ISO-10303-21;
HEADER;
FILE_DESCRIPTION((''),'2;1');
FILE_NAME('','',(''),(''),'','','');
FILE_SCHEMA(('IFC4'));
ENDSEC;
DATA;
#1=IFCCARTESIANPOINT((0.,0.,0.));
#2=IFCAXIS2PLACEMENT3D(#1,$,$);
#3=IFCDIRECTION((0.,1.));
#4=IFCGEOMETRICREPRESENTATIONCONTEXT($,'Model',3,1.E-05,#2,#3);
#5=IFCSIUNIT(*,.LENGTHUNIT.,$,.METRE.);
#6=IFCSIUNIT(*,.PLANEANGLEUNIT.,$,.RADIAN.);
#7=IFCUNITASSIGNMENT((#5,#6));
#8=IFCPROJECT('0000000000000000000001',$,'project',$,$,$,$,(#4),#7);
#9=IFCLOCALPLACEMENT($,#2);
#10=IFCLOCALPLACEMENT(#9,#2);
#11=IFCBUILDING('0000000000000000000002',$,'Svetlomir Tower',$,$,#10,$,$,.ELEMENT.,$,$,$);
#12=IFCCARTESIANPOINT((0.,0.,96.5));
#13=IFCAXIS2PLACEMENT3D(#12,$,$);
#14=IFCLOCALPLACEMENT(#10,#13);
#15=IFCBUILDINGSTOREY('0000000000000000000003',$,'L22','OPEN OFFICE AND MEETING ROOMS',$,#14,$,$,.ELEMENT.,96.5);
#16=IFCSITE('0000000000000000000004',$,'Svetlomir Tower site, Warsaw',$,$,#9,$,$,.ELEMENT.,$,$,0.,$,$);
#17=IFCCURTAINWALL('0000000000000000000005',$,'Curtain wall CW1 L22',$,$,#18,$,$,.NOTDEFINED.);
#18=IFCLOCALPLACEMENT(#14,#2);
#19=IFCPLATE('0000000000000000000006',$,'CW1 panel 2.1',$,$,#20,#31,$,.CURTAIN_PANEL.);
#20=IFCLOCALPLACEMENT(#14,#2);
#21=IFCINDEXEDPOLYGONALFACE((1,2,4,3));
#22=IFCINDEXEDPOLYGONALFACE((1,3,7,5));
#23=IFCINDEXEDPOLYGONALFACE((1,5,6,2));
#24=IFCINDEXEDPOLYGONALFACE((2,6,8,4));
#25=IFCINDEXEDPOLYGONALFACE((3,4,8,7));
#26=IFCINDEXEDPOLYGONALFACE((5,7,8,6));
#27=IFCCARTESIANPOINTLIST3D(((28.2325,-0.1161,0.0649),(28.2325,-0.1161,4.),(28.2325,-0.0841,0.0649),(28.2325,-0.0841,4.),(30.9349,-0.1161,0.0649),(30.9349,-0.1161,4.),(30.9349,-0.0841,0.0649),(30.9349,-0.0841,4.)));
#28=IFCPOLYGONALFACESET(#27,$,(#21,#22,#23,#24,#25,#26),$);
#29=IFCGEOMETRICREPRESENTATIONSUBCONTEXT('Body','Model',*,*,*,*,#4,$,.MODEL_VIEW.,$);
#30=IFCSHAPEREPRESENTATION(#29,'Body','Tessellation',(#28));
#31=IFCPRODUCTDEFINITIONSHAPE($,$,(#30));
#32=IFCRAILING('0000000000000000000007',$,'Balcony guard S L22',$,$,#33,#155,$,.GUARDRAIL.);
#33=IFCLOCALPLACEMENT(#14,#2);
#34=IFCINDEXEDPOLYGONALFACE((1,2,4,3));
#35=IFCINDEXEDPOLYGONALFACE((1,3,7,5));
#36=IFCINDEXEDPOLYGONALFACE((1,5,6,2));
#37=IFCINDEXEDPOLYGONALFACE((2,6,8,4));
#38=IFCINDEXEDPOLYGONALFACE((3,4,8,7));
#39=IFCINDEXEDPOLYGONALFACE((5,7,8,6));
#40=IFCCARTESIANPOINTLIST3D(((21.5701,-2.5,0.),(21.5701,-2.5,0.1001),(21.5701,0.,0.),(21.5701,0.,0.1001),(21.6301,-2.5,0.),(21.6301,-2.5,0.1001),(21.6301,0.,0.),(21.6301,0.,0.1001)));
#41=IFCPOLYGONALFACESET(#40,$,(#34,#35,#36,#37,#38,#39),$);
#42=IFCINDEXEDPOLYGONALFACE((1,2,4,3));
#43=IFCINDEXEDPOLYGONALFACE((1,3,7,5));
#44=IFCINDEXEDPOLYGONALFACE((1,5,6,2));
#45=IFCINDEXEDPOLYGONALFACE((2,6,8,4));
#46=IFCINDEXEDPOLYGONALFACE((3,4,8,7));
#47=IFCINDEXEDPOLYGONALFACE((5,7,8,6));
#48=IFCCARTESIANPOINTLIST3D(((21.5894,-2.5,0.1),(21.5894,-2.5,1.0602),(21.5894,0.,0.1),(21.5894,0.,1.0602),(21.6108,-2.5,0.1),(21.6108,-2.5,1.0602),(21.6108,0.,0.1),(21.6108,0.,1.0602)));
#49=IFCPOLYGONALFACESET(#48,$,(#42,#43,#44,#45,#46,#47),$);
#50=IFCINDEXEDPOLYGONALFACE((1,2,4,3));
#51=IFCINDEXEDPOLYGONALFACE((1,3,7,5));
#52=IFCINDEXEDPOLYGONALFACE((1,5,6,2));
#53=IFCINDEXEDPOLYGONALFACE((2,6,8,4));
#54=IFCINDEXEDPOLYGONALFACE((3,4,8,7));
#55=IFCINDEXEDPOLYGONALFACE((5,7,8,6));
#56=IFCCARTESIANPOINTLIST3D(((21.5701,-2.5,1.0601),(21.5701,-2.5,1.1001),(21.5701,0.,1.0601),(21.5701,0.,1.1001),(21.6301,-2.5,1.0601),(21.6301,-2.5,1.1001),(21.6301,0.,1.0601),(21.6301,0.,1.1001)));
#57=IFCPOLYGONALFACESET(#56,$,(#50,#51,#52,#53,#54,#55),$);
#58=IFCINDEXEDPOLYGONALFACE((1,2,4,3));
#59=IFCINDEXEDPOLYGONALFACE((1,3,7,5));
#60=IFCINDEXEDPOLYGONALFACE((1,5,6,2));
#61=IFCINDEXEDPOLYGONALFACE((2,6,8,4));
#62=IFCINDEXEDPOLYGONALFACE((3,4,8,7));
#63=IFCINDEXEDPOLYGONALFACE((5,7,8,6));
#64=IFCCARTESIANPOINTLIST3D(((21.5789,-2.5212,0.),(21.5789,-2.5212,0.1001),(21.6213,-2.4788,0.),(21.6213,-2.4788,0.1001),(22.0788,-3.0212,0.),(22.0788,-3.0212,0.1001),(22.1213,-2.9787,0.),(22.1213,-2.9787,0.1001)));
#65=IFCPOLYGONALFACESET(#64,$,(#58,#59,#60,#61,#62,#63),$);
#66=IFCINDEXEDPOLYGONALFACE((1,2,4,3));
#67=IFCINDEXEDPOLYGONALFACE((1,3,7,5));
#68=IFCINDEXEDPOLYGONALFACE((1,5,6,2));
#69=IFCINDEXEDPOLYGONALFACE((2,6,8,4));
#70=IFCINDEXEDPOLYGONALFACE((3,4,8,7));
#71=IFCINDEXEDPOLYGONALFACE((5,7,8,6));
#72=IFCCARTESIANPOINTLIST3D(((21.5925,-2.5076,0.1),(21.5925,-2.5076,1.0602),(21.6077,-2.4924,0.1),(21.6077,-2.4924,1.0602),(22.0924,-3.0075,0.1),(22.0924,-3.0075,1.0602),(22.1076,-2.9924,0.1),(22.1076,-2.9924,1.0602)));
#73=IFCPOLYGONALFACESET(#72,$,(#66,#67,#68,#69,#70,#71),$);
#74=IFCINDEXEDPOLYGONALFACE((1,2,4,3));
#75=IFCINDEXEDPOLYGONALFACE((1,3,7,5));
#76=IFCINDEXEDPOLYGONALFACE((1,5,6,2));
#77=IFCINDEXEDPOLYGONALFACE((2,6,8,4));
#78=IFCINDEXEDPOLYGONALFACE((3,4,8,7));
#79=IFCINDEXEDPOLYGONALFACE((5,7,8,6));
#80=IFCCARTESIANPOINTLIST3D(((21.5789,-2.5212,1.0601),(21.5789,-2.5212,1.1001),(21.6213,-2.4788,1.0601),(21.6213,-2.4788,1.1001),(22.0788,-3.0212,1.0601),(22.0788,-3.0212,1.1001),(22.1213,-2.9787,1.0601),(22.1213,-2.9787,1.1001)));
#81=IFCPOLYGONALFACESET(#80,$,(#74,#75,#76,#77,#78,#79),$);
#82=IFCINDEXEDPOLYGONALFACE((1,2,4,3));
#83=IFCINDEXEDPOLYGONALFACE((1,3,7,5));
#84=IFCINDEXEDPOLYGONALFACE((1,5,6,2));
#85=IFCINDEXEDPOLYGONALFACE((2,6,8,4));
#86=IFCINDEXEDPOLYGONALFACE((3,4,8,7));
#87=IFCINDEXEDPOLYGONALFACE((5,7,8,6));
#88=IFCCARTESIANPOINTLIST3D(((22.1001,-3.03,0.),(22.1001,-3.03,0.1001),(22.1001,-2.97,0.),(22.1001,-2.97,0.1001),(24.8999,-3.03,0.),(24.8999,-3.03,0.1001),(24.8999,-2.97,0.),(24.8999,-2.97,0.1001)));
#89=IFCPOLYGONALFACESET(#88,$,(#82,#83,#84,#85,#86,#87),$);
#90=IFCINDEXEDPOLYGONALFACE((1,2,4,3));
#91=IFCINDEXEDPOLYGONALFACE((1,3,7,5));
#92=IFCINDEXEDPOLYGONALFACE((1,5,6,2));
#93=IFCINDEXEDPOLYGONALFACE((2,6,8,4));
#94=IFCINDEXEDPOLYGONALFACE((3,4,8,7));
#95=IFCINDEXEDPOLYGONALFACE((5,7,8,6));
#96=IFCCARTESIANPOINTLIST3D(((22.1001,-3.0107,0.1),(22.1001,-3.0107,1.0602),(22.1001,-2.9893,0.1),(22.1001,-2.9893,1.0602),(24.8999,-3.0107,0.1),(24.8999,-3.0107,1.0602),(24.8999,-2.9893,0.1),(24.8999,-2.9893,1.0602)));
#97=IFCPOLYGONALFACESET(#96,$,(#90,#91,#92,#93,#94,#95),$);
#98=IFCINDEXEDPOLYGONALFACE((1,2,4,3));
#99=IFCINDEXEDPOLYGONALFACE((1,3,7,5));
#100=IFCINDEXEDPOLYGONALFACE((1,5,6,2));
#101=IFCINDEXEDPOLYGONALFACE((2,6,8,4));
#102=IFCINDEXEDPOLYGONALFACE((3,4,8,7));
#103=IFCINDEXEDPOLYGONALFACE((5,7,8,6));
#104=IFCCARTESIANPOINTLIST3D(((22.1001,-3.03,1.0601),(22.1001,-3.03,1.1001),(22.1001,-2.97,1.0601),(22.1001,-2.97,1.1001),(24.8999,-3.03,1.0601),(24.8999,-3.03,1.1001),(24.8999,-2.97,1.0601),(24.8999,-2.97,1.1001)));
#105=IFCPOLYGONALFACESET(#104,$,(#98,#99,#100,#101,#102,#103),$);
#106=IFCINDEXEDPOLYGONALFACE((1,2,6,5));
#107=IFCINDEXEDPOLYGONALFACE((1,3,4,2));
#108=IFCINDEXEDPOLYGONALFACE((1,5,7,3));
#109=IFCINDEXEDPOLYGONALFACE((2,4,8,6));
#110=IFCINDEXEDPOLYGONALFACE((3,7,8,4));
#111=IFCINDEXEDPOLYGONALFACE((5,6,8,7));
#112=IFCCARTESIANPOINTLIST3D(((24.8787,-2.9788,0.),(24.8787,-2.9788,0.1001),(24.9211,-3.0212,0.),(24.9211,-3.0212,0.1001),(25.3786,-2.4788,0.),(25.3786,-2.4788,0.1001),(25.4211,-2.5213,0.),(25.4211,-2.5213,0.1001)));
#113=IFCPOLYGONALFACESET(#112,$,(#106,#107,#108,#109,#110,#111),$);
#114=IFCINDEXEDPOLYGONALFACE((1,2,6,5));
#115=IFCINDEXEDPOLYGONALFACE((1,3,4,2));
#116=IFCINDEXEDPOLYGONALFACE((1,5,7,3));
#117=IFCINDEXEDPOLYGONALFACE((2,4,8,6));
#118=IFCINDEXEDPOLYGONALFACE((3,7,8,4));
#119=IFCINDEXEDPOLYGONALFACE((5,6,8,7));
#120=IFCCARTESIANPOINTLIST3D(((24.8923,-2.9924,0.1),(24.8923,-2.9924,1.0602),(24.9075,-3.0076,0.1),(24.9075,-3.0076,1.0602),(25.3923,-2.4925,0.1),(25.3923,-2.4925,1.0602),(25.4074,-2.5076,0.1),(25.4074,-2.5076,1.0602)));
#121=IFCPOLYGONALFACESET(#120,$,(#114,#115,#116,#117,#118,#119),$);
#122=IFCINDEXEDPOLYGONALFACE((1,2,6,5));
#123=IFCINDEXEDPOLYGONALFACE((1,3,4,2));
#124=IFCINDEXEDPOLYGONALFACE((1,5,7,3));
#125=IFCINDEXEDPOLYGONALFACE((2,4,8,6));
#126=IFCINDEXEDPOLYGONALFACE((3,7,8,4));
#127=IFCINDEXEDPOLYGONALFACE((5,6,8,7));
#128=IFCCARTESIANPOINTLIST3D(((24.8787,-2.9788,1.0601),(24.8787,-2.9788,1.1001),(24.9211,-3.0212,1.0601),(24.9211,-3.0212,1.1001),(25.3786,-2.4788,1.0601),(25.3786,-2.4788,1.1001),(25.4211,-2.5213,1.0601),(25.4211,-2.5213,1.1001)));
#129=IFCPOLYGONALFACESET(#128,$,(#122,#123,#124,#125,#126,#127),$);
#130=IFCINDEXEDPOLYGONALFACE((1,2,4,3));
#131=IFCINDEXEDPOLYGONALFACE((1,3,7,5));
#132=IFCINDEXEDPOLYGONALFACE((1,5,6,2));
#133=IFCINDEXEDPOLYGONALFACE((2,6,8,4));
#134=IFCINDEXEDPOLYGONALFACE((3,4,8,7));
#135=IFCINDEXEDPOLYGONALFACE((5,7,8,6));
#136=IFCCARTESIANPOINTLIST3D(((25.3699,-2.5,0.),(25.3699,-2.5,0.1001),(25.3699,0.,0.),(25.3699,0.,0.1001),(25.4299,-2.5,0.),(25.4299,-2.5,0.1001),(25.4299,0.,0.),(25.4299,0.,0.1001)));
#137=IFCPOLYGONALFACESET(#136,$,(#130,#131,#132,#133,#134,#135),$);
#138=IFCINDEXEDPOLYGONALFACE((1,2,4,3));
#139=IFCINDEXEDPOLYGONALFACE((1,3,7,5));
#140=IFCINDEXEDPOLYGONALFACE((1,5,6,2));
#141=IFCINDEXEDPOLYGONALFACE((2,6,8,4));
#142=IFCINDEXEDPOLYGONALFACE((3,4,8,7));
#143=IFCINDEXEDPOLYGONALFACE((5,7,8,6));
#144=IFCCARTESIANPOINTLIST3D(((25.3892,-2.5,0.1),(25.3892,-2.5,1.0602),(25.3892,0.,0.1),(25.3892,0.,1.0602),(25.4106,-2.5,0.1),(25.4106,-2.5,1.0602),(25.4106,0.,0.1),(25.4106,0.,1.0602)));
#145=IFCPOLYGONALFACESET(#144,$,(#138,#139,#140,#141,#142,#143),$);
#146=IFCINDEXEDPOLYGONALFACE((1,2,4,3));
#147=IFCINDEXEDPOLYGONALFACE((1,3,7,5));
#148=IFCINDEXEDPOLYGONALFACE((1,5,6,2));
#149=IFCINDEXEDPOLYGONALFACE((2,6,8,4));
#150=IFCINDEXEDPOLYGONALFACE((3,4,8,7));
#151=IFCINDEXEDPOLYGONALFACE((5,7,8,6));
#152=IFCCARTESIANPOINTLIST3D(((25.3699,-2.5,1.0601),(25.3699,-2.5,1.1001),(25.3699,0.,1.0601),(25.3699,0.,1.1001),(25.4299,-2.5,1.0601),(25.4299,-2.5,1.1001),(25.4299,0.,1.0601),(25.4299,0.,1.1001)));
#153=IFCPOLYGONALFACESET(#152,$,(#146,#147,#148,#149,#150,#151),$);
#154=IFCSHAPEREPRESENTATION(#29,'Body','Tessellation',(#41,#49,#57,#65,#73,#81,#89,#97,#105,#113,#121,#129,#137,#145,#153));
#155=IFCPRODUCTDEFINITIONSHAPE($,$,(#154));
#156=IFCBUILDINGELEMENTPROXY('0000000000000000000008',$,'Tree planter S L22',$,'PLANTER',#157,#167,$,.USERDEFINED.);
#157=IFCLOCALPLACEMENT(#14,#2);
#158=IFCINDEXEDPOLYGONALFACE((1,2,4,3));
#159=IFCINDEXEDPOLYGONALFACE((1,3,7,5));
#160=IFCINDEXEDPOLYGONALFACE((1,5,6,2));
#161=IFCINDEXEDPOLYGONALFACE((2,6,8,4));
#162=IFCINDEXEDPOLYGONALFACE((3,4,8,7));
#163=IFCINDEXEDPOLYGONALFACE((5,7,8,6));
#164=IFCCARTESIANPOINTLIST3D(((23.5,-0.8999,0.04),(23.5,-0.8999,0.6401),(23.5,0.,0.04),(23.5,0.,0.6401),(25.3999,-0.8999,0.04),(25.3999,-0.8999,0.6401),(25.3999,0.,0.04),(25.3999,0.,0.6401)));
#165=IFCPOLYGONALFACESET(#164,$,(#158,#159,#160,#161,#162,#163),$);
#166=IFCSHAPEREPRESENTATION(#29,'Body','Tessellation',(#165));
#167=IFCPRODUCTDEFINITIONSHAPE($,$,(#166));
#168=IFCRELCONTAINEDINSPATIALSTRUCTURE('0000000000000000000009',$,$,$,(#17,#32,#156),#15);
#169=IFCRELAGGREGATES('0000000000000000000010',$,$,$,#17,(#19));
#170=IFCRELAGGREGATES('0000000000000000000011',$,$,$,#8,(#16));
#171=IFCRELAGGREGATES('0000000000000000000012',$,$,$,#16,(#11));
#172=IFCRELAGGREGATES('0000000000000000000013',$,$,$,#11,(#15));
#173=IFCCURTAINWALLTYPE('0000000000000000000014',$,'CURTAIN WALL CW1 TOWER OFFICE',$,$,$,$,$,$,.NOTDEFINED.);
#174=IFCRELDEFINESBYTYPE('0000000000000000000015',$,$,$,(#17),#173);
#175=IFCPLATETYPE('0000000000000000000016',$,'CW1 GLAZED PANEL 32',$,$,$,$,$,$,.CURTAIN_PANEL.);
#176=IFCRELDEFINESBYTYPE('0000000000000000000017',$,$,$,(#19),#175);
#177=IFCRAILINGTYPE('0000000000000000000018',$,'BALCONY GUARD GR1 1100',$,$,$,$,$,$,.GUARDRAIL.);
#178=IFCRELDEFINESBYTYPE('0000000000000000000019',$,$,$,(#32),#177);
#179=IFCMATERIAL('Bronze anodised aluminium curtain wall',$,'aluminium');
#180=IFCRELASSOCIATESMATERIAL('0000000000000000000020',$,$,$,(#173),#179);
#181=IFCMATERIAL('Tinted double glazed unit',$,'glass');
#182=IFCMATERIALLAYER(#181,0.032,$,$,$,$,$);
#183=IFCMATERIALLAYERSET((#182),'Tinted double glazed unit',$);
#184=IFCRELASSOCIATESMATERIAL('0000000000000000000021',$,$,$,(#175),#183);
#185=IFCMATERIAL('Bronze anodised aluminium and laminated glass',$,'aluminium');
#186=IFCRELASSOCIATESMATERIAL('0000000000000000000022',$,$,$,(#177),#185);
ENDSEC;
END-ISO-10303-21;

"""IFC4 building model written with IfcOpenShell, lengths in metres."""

from ifc_helpers import new_model, si_unit, direction, frame, origin, origin_2d, place, context, subcontext, project, spatial, rectangle, extrude, material, layer, layer_set, type_object, element, aggregate, save


model = new_model("IFC4")

# Units and contexts
model_context = context("Model", 3, precision=1e-05, world=origin(), true_north=direction((0.0, 1.0)))
body_context = subcontext(model_context, "Body", "Model", "MODEL_VIEW")
ifc_project = project(units=[si_unit("LENGTHUNIT", "METRE"), si_unit("PLANEANGLEUNIT", "RADIAN")], contexts=[model_context])

# Site, building, storey
site_placement = place(None, origin())
site = spatial("IfcSite", under=ifc_project, at=site_placement, Name="Svetlomir Tower site, Warsaw", CompositionType="ELEMENT", RefElevation=0.0)
building_placement = place(site_placement, origin())
building = spatial("IfcBuilding", under=site, at=building_placement, Name="Svetlomir Tower", CompositionType="ELEMENT")
storey_placement = place(building_placement, frame((0.0, 0.0, 96.5)))
storey = spatial("IfcBuildingStorey", under=building, at=storey_placement, Name="L22", Description="OPEN OFFICE AND MEETING ROOMS", CompositionType="ELEMENT", Elevation=96.5)

# Curtain wall
ifc_material_1 = material(Name="Bronze anodised aluminium curtain wall", Category="aluminium")
curtain_wall_type = type_object("IfcCurtainWallType", Name="CURTAIN WALL CW1 TOWER OFFICE", PredefinedType="NOTDEFINED", material=ifc_material_1)
curtain_wall_1_placement = place(storey_placement, origin())
curtain_wall_1 = element("IfcCurtainWall", 1, at=curtain_wall_1_placement, inside=storey, type_object=curtain_wall_type, Name="Curtain wall CW1 L22", PredefinedType="NOTDEFINED")

# Plate
ifc_material_2 = material(Name="Tinted double glazed unit", Category="glass")
ifc_layer_1 = layer(ifc_material_2, 0.032)
ifc_layer_set_1 = layer_set([ifc_layer_1], Name="Tinted double glazed unit")
plate_type = type_object("IfcPlateType", Name="CW1 GLAZED PANEL 32", PredefinedType="CURTAIN_PANEL", material=ifc_layer_set_1)
plate_1_placement = place(storey_placement, frame((29.5837, -0.1001, 0.0649), z_axis=(0.0, 0.0, 1.0), x_axis=(1.0, 0.0, 0.0)))
plate_1 = element("IfcPlate", 2, at=plate_1_placement, type_object=plate_type, Name="CW1 panel 2.1", PredefinedType="CURTAIN_PANEL", context=body_context, shape_type="SweptSolid", body=[
    extrude(rectangle(XDim=2.7024, YDim=0.032, at=origin_2d()), origin(), (0.0, 0.0, 1.0), 3.9351),
])
aggregate(curtain_wall_1, [plate_1])

# Railing
ifc_material_3 = material(Name="Bronze anodised aluminium and laminated glass", Category="aluminium")
railing_type = type_object("IfcRailingType", Name="BALCONY GUARD GR1 1100", PredefinedType="GUARDRAIL", material=ifc_material_3)
railing_placement = place(storey_placement, frame((21.6001, 0.0, 0.0)))
element("IfcRailing", 3, at=railing_placement, inside=storey, type_object=railing_type, Name="Balcony guard S L22", PredefinedType="GUARDRAIL", context=body_context, shape_type="SweptSolid", body=[
    extrude(rectangle(XDim=0.0601, YDim=0.1001, at=origin_2d()), frame((0.0, 0.0, 0.05), z_axis=(0.0, -1.0, 0.0), x_axis=(1.0, 0.0, 0.0)), (0.0, 0.0, 1.0), 2.5),
    extrude(rectangle(XDim=0.0215, YDim=0.9602, at=origin_2d()), frame((0.0, 0.0, 0.5801), z_axis=(0.0, -1.0, 0.0), x_axis=(1.0, 0.0, 0.0)), (0.0, 0.0, 1.0), 2.5),
    extrude(rectangle(XDim=0.0601, YDim=0.04, at=origin_2d()), frame((0.0, 0.0, 1.0801), z_axis=(0.0, -1.0, 0.0), x_axis=(1.0, 0.0, 0.0)), (0.0, 0.0, 1.0), 2.5),
    extrude(rectangle(XDim=0.0601, YDim=0.1001, at=origin_2d()), frame((0.0, -2.5, 0.05), z_axis=(0.707107, -0.707107, 0.0), x_axis=(0.707107, 0.707107, 0.0)), (0.0, 0.0, 1.0), 0.707),
    extrude(rectangle(XDim=0.0215, YDim=0.9602, at=origin_2d()), frame((0.0, -2.5, 0.5801), z_axis=(0.707107, -0.707107, 0.0), x_axis=(0.707107, 0.707107, 0.0)), (0.0, 0.0, 1.0), 0.707),
    extrude(rectangle(XDim=0.0601, YDim=0.04, at=origin_2d()), frame((0.0, -2.5, 1.0801), z_axis=(0.707107, -0.707107, 0.0), x_axis=(0.707107, 0.707107, 0.0)), (0.0, 0.0, 1.0), 0.707),
    extrude(rectangle(XDim=0.0601, YDim=0.1001, at=origin_2d()), frame((0.5, -3.0, 0.05), z_axis=(1.0, 0.0, 0.0), x_axis=(0.0, 1.0, 0.0)), (0.0, 0.0, 1.0), 2.7998),
    extrude(rectangle(XDim=0.0215, YDim=0.9602, at=origin_2d()), frame((0.5, -3.0, 0.5801), z_axis=(1.0, 0.0, 0.0), x_axis=(0.0, 1.0, 0.0)), (0.0, 0.0, 1.0), 2.7998),
    extrude(rectangle(XDim=0.0601, YDim=0.04, at=origin_2d()), frame((0.5, -3.0, 1.0801), z_axis=(1.0, 0.0, 0.0), x_axis=(0.0, 1.0, 0.0)), (0.0, 0.0, 1.0), 2.7998),
    extrude(rectangle(XDim=0.0601, YDim=0.1001, at=origin_2d()), frame((3.2998, -3.0, 0.05), z_axis=(0.707107, 0.707107, 0.0), x_axis=(-0.707107, 0.707107, 0.0)), (0.0, 0.0, 1.0), 0.707),
    extrude(rectangle(XDim=0.0215, YDim=0.9602, at=origin_2d()), frame((3.2998, -3.0, 0.5801), z_axis=(0.707107, 0.707107, 0.0), x_axis=(-0.707107, 0.707107, 0.0)), (0.0, 0.0, 1.0), 0.707),
    extrude(rectangle(XDim=0.0601, YDim=0.04, at=origin_2d()), frame((3.2998, -3.0, 1.0801), z_axis=(0.707107, 0.707107, 0.0), x_axis=(-0.707107, 0.707107, 0.0)), (0.0, 0.0, 1.0), 0.707),
    extrude(rectangle(XDim=0.0601, YDim=0.1001, at=origin_2d()), frame((3.7998, -2.5, 0.05), z_axis=(0.0, 1.0, 0.0), x_axis=(-1.0, 0.0, 0.0)), (0.0, 0.0, 1.0), 2.5),
    extrude(rectangle(XDim=0.0215, YDim=0.9602, at=origin_2d()), frame((3.7998, -2.5, 0.5801), z_axis=(0.0, 1.0, 0.0), x_axis=(-1.0, 0.0, 0.0)), (0.0, 0.0, 1.0), 2.5),
    extrude(rectangle(XDim=0.0601, YDim=0.04, at=origin_2d()), frame((3.7998, -2.5, 1.0801), z_axis=(0.0, 1.0, 0.0), x_axis=(-1.0, 0.0, 0.0)), (0.0, 0.0, 1.0), 2.5),
])

# Building element proxy
proxy_placement = place(storey_placement, frame((24.45, -0.45, 0.04), z_axis=(0.0, 0.0, 1.0), x_axis=(1.0, 0.0, 0.0)))
element("IfcBuildingElementProxy", 4, at=proxy_placement, inside=storey, Name="Tree planter S L22", ObjectType="PLANTER", PredefinedType="USERDEFINED", context=body_context, shape_type="SweptSolid", body=[
    extrude(rectangle(XDim=1.8999, YDim=0.8999, at=origin_2d()), origin(), (0.0, 0.0, 1.0), 0.6001),
])

save(model, "model.ifc")
